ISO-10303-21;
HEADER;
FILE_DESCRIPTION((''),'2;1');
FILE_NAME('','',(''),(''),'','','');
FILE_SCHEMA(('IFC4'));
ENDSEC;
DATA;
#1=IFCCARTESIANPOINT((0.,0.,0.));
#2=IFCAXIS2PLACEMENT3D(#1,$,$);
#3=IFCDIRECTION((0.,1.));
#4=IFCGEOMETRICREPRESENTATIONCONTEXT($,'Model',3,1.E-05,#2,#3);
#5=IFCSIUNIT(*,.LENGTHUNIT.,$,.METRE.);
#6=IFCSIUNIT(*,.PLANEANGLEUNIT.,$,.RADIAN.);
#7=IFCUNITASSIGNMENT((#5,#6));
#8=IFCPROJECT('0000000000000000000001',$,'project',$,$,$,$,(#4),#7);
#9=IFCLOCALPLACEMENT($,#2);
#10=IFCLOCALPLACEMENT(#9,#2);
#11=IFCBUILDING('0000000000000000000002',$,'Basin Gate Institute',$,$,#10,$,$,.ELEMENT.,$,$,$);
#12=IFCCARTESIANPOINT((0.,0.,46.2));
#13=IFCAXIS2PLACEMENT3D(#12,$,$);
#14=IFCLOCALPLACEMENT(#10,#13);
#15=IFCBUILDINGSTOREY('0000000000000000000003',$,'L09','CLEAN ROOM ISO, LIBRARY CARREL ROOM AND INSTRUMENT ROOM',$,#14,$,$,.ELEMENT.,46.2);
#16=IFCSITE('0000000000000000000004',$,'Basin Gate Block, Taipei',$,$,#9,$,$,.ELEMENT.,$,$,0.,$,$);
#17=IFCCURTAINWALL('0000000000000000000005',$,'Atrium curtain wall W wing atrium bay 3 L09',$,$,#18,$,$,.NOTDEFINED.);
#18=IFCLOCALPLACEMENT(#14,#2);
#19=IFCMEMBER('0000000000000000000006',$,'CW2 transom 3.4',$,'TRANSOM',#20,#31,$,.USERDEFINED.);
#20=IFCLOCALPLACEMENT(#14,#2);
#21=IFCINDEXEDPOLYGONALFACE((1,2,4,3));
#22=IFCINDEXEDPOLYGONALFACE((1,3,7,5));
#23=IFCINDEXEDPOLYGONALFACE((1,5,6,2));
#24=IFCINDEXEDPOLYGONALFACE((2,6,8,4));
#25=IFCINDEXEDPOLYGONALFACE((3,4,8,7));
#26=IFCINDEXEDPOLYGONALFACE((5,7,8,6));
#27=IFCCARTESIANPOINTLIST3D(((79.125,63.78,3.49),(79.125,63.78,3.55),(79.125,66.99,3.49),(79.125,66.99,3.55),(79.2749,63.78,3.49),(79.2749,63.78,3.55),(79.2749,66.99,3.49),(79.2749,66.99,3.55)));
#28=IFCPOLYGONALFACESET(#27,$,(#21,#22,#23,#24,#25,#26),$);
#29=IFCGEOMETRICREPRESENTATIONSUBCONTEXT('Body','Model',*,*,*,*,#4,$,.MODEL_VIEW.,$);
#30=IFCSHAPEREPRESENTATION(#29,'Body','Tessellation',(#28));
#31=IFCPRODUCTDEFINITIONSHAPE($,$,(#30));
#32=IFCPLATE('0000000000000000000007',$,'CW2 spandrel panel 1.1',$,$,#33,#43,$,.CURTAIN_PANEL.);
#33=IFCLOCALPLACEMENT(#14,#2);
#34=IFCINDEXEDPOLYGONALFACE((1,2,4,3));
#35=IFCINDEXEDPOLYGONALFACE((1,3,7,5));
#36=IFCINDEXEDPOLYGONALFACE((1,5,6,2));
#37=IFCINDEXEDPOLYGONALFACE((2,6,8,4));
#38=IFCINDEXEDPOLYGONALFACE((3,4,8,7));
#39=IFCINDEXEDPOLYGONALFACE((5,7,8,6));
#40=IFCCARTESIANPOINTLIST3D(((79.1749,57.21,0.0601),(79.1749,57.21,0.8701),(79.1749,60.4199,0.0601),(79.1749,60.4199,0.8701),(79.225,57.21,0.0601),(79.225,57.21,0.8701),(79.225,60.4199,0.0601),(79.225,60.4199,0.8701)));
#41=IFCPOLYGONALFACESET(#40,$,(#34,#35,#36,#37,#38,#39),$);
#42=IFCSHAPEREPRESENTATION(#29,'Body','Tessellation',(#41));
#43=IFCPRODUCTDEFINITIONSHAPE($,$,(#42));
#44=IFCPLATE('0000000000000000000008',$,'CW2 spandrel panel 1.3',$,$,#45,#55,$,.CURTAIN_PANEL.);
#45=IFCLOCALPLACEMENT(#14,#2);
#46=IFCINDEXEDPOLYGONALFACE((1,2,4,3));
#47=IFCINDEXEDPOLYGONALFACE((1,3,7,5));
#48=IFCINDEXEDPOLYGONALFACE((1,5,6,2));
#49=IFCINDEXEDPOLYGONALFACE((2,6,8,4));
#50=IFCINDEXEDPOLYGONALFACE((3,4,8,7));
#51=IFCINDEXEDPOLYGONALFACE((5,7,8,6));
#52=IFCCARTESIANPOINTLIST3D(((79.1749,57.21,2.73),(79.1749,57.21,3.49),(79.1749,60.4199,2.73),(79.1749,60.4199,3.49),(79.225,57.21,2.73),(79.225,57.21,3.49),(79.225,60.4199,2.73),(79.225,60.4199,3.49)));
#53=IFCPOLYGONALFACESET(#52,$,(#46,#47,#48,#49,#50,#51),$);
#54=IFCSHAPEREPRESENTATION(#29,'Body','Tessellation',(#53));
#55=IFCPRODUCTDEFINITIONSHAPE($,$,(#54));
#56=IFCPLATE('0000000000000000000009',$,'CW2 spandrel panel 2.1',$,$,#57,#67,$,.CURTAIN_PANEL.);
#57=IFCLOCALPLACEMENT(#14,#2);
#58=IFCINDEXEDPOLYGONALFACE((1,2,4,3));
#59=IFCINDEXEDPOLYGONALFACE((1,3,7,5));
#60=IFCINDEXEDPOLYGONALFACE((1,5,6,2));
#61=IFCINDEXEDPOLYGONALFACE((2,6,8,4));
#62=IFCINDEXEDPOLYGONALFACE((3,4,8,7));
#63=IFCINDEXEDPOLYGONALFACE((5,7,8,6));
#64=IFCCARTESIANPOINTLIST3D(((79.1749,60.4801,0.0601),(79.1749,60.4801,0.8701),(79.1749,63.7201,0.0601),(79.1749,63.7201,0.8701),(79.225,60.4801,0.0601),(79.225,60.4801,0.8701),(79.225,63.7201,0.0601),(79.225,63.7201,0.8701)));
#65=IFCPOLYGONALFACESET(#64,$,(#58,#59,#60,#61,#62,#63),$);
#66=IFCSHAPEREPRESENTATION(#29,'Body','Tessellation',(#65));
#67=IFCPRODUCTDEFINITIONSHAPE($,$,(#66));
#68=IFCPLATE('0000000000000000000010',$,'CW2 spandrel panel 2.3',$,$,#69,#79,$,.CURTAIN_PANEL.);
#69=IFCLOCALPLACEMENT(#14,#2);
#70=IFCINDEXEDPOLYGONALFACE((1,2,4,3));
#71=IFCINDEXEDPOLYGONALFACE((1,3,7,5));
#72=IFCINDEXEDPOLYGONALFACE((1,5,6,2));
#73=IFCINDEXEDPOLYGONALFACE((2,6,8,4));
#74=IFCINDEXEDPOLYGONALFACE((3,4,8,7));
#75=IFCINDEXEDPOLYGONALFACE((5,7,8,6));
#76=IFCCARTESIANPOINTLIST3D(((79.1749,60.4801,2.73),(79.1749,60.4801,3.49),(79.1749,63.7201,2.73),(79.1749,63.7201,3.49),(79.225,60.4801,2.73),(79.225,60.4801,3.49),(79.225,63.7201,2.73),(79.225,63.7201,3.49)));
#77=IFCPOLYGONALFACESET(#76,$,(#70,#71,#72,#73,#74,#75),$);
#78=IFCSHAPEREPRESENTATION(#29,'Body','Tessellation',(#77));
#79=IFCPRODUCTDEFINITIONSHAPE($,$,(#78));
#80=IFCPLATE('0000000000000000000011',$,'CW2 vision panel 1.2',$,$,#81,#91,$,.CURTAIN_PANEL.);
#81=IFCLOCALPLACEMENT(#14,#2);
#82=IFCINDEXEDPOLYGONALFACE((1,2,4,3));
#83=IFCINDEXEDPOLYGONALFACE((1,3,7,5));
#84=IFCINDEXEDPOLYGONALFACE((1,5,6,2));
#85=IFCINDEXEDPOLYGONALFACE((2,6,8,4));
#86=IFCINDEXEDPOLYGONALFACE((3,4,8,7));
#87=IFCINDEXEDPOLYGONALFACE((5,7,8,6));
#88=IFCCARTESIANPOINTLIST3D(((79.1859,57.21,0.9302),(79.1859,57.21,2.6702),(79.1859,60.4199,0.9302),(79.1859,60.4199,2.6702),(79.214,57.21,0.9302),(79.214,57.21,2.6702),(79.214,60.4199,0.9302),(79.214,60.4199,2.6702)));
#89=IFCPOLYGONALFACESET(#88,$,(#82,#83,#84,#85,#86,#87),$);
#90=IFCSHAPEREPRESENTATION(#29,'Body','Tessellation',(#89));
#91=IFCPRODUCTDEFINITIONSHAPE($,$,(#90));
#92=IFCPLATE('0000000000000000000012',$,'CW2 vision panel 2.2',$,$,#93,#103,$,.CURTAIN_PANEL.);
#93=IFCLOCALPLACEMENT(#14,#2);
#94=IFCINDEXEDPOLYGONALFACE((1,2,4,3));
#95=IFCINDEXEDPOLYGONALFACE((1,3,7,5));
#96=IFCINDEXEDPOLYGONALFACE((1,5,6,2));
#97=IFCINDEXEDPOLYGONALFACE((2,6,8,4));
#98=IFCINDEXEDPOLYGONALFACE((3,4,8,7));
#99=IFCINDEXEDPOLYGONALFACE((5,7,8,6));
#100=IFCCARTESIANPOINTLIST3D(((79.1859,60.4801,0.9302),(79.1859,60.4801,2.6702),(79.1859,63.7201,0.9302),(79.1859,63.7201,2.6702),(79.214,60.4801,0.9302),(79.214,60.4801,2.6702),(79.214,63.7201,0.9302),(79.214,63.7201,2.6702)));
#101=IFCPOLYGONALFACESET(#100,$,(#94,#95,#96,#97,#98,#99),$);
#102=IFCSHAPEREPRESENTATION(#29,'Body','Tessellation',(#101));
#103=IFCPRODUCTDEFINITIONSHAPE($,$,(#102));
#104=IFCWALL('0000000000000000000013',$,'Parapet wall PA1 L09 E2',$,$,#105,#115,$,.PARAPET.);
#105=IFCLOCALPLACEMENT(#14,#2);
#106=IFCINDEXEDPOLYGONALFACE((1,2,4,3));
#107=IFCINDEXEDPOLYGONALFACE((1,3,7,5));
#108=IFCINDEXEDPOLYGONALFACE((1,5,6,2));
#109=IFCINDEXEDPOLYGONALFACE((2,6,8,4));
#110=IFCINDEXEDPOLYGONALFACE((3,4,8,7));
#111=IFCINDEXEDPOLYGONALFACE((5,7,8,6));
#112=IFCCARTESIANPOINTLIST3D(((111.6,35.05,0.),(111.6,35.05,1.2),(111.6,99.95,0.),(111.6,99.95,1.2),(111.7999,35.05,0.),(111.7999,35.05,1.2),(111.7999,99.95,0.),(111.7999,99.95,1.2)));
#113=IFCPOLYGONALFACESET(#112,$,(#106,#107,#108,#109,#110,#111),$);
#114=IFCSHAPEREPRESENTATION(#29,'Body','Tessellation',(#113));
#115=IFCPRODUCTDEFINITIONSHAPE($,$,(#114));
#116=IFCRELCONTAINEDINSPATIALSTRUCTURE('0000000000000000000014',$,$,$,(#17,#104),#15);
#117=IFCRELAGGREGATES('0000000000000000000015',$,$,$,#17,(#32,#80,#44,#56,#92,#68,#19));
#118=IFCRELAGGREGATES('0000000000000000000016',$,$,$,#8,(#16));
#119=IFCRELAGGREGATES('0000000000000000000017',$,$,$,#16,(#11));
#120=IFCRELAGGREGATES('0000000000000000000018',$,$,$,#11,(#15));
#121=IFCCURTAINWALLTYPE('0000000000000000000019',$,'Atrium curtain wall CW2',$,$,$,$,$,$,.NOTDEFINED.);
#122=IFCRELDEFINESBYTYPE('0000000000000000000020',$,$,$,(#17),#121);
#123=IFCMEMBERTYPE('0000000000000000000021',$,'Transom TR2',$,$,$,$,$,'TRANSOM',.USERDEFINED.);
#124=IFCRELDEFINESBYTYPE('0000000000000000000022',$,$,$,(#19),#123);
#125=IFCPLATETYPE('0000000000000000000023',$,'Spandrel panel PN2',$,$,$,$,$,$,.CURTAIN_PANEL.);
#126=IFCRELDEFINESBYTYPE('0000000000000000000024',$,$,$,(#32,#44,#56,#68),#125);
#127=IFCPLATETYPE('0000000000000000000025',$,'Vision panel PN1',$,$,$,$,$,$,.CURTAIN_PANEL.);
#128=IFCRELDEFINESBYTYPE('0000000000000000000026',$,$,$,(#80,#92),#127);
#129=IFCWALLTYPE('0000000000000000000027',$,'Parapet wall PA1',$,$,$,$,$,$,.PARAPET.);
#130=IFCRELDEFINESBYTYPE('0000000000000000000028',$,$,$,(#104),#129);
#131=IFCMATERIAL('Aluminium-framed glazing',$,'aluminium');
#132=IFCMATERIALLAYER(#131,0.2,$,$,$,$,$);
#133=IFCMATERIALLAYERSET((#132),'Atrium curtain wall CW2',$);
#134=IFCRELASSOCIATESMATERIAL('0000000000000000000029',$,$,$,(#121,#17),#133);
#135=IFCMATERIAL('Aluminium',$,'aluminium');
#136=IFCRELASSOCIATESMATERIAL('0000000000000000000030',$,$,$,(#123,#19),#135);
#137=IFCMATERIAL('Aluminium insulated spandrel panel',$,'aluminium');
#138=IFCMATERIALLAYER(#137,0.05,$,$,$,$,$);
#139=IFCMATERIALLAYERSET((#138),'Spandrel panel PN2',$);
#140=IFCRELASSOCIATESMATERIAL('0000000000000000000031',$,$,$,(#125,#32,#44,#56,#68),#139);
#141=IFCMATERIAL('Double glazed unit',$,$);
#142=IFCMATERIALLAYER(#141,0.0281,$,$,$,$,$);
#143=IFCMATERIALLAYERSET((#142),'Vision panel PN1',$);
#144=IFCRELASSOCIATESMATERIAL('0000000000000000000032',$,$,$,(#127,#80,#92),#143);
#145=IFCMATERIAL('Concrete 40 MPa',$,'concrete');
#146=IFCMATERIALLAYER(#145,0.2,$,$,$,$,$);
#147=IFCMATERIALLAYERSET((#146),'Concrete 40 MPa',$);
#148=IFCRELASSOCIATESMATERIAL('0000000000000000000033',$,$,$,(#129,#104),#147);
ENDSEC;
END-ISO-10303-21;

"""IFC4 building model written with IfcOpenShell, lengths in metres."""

from ifc_helpers import new_model, si_unit, direction, frame, frame_2d, origin, origin_2d, place, context, subcontext, project, spatial, rectangle, extrude, material, layer, layer_set, material_profile, profile_set, type_object, element, aggregate, save


model = new_model("IFC4")

# Units and contexts
model_context = context("Model", 3, precision=1e-05, world=origin(), true_north=direction((0.0, 1.0)))
body_context = subcontext(model_context, "Body", "Model", "MODEL_VIEW")
ifc_project = project(units=[si_unit("LENGTHUNIT", "METRE"), si_unit("PLANEANGLEUNIT", "RADIAN")], contexts=[model_context])

# Site, building, storey
site_placement = place(None, origin())
site = spatial("IfcSite", under=ifc_project, at=site_placement, Name="Basin Gate Block, Taipei", CompositionType="ELEMENT", RefElevation=0.0)
building_placement = place(site_placement, origin())
building = spatial("IfcBuilding", under=site, at=building_placement, Name="Basin Gate Institute", CompositionType="ELEMENT")
storey_placement = place(building_placement, frame((0.0, 0.0, 46.2)))
storey = spatial("IfcBuildingStorey", under=building, at=storey_placement, Name="L09", Description="CLEAN ROOM ISO, LIBRARY CARREL ROOM AND INSTRUMENT ROOM", CompositionType="ELEMENT", Elevation=46.2)

# Curtain wall, member, plates
ifc_material_1 = material(Name="Aluminium-framed glazing", Category="aluminium")
ifc_layer_1 = layer(ifc_material_1, 0.2)
ifc_layer_set_1 = layer_set([ifc_layer_1], Name="Atrium curtain wall CW2")
curtain_wall_type = type_object("IfcCurtainWallType", Name="Atrium curtain wall CW2", PredefinedType="NOTDEFINED", material=ifc_layer_set_1)
curtain_wall_placement = place(storey_placement, origin())
curtain_wall = element("IfcCurtainWall", 1, at=curtain_wall_placement, inside=storey, type_object=curtain_wall_type, material=ifc_layer_set_1, Name="Atrium curtain wall W wing atrium bay 3 L09", PredefinedType="NOTDEFINED")
ifc_material_2 = material(Name="Aluminium", Category="aluminium")
ifc_material_profile_1 = material_profile(ifc_material_2, rectangle(XDim=0.1499, YDim=0.0601, at=origin_2d()), Name="Transom TR2 150 x 60")
ifc_profile_set_1 = profile_set([ifc_material_profile_1], Name="Aluminium")
member_type_1 = type_object("IfcMemberType", Name="Transom TR2", ElementType="TRANSOM", PredefinedType="USERDEFINED", material=ifc_profile_set_1)
member_1_placement = place(storey_placement, frame((79.2, 63.78, 3.52), z_axis=(0.0, 1.0, 0.0), x_axis=(-1.0, 0.0, 0.0)))
member_1 = element("IfcMember", 2, at=member_1_placement, type_object=member_type_1, material=ifc_profile_set_1, Name="CW2 transom 3.4", ObjectType="TRANSOM", PredefinedType="USERDEFINED", context=body_context, shape_type="SweptSolid", body=[
    extrude(rectangle(XDim=0.1499, YDim=0.0601, at=origin_2d()), origin(), (0.0, 0.0, 1.0), 3.21),
])
ifc_material_3 = material(Name="Aluminium insulated spandrel panel", Category="aluminium")
ifc_layer_2 = layer(ifc_material_3, 0.05)
ifc_layer_set_2 = layer_set([ifc_layer_2], Name="Spandrel panel PN2")
plate_type_1 = type_object("IfcPlateType", Name="Spandrel panel PN2", PredefinedType="CURTAIN_PANEL", material=ifc_layer_set_2)
plate_1_placement = place(storey_placement, frame((79.2, 58.8149, 0.0601), z_axis=(0.0, 0.0, 1.0), x_axis=(0.0, 1.0, 0.0)))
plate_1 = element("IfcPlate", 3, at=plate_1_placement, type_object=plate_type_1, material=ifc_layer_set_2, Name="CW2 spandrel panel 1.1", PredefinedType="CURTAIN_PANEL", context=body_context, shape_type="SweptSolid", body=[
    extrude(rectangle(XDim=3.21, YDim=0.05, at=origin_2d()), origin(), (0.0, 0.0, 1.0), 0.8101),
])
plate_2_placement = place(storey_placement, frame((79.2, 58.8149, 2.73), z_axis=(0.0, 0.0, 1.0), x_axis=(0.0, 1.0, 0.0)))
plate_2 = element("IfcPlate", 4, at=plate_2_placement, type_object=plate_type_1, material=ifc_layer_set_2, Name="CW2 spandrel panel 1.3", PredefinedType="CURTAIN_PANEL", context=body_context, shape_type="SweptSolid", body=[
    extrude(rectangle(XDim=3.21, YDim=0.05, at=origin_2d()), origin(), (0.0, 0.0, 1.0), 0.76),
])
plate_3_placement = place(storey_placement, frame((79.2, 62.1001, 0.0601), z_axis=(0.0, 0.0, 1.0), x_axis=(0.0, 1.0, 0.0)))
plate_3 = element("IfcPlate", 5, at=plate_3_placement, type_object=plate_type_1, material=ifc_layer_set_2, Name="CW2 spandrel panel 2.1", PredefinedType="CURTAIN_PANEL", context=body_context, shape_type="SweptSolid", body=[
    extrude(rectangle(XDim=3.24, YDim=0.05, at=origin_2d()), origin(), (0.0, 0.0, 1.0), 0.8101),
])
plate_4_placement = place(storey_placement, frame((79.2, 62.1001, 2.73), z_axis=(0.0, 0.0, 1.0), x_axis=(0.0, 1.0, 0.0)))
plate_4 = element("IfcPlate", 6, at=plate_4_placement, type_object=plate_type_1, material=ifc_layer_set_2, Name="CW2 spandrel panel 2.3", PredefinedType="CURTAIN_PANEL", context=body_context, shape_type="SweptSolid", body=[
    extrude(rectangle(XDim=3.24, YDim=0.05, at=origin_2d()), origin(), (0.0, 0.0, 1.0), 0.76),
])
ifc_material_4 = material(Name="Double glazed unit")
ifc_layer_3 = layer(ifc_material_4, 0.0281)
ifc_layer_set_3 = layer_set([ifc_layer_3], Name="Vision panel PN1")
plate_type_2 = type_object("IfcPlateType", Name="Vision panel PN1", PredefinedType="CURTAIN_PANEL", material=ifc_layer_set_3)
plate_5_placement = place(storey_placement, frame((79.2, 58.8149, 0.9302), z_axis=(0.0, 0.0, 1.0), x_axis=(0.0, 1.0, 0.0)))
plate_5 = element("IfcPlate", 7, at=plate_5_placement, type_object=plate_type_2, material=ifc_layer_set_3, Name="CW2 vision panel 1.2", PredefinedType="CURTAIN_PANEL", context=body_context, shape_type="SweptSolid", body=[
    extrude(rectangle(XDim=3.21, YDim=0.0281, at=origin_2d()), origin(), (0.0, 0.0, 1.0), 1.74),
])
plate_6_placement = place(storey_placement, frame((79.2, 62.1001, 0.9302), z_axis=(0.0, 0.0, 1.0), x_axis=(0.0, 1.0, 0.0)))
plate_6 = element("IfcPlate", 8, at=plate_6_placement, type_object=plate_type_2, material=ifc_layer_set_3, Name="CW2 vision panel 2.2", PredefinedType="CURTAIN_PANEL", context=body_context, shape_type="SweptSolid", body=[
    extrude(rectangle(XDim=3.24, YDim=0.0281, at=origin_2d()), origin(), (0.0, 0.0, 1.0), 1.74),
])
aggregate(curtain_wall, [plate_1, plate_5, plate_2, plate_3, plate_6, plate_4, member_1])

# Wall
ifc_material_5 = material(Name="Concrete 40 MPa", Category="concrete")
ifc_layer_4 = layer(ifc_material_5, 0.2)
ifc_layer_set_4 = layer_set([ifc_layer_4], Name="Concrete 40 MPa")
wall_type = type_object("IfcWallType", Name="Parapet wall PA1", PredefinedType="PARAPET", material=ifc_layer_set_4)
wall_placement = place(storey_placement, frame((111.7, 35.05, 0.0), z_axis=(0.0, 0.0, 1.0), x_axis=(0.0, 1.0, 0.0)))
element("IfcWall", 9, at=wall_placement, inside=storey, type_object=wall_type, material=ifc_layer_set_4, Name="Parapet wall PA1 L09 E2", PredefinedType="PARAPET", context=body_context, shape_type="SweptSolid", body=[
    extrude(rectangle(XDim=64.8999, YDim=0.2, at=frame_2d((32.45, 0.0))), origin(), (0.0, 0.0, 1.0), 1.2),
])

save(model, "model.ifc")
